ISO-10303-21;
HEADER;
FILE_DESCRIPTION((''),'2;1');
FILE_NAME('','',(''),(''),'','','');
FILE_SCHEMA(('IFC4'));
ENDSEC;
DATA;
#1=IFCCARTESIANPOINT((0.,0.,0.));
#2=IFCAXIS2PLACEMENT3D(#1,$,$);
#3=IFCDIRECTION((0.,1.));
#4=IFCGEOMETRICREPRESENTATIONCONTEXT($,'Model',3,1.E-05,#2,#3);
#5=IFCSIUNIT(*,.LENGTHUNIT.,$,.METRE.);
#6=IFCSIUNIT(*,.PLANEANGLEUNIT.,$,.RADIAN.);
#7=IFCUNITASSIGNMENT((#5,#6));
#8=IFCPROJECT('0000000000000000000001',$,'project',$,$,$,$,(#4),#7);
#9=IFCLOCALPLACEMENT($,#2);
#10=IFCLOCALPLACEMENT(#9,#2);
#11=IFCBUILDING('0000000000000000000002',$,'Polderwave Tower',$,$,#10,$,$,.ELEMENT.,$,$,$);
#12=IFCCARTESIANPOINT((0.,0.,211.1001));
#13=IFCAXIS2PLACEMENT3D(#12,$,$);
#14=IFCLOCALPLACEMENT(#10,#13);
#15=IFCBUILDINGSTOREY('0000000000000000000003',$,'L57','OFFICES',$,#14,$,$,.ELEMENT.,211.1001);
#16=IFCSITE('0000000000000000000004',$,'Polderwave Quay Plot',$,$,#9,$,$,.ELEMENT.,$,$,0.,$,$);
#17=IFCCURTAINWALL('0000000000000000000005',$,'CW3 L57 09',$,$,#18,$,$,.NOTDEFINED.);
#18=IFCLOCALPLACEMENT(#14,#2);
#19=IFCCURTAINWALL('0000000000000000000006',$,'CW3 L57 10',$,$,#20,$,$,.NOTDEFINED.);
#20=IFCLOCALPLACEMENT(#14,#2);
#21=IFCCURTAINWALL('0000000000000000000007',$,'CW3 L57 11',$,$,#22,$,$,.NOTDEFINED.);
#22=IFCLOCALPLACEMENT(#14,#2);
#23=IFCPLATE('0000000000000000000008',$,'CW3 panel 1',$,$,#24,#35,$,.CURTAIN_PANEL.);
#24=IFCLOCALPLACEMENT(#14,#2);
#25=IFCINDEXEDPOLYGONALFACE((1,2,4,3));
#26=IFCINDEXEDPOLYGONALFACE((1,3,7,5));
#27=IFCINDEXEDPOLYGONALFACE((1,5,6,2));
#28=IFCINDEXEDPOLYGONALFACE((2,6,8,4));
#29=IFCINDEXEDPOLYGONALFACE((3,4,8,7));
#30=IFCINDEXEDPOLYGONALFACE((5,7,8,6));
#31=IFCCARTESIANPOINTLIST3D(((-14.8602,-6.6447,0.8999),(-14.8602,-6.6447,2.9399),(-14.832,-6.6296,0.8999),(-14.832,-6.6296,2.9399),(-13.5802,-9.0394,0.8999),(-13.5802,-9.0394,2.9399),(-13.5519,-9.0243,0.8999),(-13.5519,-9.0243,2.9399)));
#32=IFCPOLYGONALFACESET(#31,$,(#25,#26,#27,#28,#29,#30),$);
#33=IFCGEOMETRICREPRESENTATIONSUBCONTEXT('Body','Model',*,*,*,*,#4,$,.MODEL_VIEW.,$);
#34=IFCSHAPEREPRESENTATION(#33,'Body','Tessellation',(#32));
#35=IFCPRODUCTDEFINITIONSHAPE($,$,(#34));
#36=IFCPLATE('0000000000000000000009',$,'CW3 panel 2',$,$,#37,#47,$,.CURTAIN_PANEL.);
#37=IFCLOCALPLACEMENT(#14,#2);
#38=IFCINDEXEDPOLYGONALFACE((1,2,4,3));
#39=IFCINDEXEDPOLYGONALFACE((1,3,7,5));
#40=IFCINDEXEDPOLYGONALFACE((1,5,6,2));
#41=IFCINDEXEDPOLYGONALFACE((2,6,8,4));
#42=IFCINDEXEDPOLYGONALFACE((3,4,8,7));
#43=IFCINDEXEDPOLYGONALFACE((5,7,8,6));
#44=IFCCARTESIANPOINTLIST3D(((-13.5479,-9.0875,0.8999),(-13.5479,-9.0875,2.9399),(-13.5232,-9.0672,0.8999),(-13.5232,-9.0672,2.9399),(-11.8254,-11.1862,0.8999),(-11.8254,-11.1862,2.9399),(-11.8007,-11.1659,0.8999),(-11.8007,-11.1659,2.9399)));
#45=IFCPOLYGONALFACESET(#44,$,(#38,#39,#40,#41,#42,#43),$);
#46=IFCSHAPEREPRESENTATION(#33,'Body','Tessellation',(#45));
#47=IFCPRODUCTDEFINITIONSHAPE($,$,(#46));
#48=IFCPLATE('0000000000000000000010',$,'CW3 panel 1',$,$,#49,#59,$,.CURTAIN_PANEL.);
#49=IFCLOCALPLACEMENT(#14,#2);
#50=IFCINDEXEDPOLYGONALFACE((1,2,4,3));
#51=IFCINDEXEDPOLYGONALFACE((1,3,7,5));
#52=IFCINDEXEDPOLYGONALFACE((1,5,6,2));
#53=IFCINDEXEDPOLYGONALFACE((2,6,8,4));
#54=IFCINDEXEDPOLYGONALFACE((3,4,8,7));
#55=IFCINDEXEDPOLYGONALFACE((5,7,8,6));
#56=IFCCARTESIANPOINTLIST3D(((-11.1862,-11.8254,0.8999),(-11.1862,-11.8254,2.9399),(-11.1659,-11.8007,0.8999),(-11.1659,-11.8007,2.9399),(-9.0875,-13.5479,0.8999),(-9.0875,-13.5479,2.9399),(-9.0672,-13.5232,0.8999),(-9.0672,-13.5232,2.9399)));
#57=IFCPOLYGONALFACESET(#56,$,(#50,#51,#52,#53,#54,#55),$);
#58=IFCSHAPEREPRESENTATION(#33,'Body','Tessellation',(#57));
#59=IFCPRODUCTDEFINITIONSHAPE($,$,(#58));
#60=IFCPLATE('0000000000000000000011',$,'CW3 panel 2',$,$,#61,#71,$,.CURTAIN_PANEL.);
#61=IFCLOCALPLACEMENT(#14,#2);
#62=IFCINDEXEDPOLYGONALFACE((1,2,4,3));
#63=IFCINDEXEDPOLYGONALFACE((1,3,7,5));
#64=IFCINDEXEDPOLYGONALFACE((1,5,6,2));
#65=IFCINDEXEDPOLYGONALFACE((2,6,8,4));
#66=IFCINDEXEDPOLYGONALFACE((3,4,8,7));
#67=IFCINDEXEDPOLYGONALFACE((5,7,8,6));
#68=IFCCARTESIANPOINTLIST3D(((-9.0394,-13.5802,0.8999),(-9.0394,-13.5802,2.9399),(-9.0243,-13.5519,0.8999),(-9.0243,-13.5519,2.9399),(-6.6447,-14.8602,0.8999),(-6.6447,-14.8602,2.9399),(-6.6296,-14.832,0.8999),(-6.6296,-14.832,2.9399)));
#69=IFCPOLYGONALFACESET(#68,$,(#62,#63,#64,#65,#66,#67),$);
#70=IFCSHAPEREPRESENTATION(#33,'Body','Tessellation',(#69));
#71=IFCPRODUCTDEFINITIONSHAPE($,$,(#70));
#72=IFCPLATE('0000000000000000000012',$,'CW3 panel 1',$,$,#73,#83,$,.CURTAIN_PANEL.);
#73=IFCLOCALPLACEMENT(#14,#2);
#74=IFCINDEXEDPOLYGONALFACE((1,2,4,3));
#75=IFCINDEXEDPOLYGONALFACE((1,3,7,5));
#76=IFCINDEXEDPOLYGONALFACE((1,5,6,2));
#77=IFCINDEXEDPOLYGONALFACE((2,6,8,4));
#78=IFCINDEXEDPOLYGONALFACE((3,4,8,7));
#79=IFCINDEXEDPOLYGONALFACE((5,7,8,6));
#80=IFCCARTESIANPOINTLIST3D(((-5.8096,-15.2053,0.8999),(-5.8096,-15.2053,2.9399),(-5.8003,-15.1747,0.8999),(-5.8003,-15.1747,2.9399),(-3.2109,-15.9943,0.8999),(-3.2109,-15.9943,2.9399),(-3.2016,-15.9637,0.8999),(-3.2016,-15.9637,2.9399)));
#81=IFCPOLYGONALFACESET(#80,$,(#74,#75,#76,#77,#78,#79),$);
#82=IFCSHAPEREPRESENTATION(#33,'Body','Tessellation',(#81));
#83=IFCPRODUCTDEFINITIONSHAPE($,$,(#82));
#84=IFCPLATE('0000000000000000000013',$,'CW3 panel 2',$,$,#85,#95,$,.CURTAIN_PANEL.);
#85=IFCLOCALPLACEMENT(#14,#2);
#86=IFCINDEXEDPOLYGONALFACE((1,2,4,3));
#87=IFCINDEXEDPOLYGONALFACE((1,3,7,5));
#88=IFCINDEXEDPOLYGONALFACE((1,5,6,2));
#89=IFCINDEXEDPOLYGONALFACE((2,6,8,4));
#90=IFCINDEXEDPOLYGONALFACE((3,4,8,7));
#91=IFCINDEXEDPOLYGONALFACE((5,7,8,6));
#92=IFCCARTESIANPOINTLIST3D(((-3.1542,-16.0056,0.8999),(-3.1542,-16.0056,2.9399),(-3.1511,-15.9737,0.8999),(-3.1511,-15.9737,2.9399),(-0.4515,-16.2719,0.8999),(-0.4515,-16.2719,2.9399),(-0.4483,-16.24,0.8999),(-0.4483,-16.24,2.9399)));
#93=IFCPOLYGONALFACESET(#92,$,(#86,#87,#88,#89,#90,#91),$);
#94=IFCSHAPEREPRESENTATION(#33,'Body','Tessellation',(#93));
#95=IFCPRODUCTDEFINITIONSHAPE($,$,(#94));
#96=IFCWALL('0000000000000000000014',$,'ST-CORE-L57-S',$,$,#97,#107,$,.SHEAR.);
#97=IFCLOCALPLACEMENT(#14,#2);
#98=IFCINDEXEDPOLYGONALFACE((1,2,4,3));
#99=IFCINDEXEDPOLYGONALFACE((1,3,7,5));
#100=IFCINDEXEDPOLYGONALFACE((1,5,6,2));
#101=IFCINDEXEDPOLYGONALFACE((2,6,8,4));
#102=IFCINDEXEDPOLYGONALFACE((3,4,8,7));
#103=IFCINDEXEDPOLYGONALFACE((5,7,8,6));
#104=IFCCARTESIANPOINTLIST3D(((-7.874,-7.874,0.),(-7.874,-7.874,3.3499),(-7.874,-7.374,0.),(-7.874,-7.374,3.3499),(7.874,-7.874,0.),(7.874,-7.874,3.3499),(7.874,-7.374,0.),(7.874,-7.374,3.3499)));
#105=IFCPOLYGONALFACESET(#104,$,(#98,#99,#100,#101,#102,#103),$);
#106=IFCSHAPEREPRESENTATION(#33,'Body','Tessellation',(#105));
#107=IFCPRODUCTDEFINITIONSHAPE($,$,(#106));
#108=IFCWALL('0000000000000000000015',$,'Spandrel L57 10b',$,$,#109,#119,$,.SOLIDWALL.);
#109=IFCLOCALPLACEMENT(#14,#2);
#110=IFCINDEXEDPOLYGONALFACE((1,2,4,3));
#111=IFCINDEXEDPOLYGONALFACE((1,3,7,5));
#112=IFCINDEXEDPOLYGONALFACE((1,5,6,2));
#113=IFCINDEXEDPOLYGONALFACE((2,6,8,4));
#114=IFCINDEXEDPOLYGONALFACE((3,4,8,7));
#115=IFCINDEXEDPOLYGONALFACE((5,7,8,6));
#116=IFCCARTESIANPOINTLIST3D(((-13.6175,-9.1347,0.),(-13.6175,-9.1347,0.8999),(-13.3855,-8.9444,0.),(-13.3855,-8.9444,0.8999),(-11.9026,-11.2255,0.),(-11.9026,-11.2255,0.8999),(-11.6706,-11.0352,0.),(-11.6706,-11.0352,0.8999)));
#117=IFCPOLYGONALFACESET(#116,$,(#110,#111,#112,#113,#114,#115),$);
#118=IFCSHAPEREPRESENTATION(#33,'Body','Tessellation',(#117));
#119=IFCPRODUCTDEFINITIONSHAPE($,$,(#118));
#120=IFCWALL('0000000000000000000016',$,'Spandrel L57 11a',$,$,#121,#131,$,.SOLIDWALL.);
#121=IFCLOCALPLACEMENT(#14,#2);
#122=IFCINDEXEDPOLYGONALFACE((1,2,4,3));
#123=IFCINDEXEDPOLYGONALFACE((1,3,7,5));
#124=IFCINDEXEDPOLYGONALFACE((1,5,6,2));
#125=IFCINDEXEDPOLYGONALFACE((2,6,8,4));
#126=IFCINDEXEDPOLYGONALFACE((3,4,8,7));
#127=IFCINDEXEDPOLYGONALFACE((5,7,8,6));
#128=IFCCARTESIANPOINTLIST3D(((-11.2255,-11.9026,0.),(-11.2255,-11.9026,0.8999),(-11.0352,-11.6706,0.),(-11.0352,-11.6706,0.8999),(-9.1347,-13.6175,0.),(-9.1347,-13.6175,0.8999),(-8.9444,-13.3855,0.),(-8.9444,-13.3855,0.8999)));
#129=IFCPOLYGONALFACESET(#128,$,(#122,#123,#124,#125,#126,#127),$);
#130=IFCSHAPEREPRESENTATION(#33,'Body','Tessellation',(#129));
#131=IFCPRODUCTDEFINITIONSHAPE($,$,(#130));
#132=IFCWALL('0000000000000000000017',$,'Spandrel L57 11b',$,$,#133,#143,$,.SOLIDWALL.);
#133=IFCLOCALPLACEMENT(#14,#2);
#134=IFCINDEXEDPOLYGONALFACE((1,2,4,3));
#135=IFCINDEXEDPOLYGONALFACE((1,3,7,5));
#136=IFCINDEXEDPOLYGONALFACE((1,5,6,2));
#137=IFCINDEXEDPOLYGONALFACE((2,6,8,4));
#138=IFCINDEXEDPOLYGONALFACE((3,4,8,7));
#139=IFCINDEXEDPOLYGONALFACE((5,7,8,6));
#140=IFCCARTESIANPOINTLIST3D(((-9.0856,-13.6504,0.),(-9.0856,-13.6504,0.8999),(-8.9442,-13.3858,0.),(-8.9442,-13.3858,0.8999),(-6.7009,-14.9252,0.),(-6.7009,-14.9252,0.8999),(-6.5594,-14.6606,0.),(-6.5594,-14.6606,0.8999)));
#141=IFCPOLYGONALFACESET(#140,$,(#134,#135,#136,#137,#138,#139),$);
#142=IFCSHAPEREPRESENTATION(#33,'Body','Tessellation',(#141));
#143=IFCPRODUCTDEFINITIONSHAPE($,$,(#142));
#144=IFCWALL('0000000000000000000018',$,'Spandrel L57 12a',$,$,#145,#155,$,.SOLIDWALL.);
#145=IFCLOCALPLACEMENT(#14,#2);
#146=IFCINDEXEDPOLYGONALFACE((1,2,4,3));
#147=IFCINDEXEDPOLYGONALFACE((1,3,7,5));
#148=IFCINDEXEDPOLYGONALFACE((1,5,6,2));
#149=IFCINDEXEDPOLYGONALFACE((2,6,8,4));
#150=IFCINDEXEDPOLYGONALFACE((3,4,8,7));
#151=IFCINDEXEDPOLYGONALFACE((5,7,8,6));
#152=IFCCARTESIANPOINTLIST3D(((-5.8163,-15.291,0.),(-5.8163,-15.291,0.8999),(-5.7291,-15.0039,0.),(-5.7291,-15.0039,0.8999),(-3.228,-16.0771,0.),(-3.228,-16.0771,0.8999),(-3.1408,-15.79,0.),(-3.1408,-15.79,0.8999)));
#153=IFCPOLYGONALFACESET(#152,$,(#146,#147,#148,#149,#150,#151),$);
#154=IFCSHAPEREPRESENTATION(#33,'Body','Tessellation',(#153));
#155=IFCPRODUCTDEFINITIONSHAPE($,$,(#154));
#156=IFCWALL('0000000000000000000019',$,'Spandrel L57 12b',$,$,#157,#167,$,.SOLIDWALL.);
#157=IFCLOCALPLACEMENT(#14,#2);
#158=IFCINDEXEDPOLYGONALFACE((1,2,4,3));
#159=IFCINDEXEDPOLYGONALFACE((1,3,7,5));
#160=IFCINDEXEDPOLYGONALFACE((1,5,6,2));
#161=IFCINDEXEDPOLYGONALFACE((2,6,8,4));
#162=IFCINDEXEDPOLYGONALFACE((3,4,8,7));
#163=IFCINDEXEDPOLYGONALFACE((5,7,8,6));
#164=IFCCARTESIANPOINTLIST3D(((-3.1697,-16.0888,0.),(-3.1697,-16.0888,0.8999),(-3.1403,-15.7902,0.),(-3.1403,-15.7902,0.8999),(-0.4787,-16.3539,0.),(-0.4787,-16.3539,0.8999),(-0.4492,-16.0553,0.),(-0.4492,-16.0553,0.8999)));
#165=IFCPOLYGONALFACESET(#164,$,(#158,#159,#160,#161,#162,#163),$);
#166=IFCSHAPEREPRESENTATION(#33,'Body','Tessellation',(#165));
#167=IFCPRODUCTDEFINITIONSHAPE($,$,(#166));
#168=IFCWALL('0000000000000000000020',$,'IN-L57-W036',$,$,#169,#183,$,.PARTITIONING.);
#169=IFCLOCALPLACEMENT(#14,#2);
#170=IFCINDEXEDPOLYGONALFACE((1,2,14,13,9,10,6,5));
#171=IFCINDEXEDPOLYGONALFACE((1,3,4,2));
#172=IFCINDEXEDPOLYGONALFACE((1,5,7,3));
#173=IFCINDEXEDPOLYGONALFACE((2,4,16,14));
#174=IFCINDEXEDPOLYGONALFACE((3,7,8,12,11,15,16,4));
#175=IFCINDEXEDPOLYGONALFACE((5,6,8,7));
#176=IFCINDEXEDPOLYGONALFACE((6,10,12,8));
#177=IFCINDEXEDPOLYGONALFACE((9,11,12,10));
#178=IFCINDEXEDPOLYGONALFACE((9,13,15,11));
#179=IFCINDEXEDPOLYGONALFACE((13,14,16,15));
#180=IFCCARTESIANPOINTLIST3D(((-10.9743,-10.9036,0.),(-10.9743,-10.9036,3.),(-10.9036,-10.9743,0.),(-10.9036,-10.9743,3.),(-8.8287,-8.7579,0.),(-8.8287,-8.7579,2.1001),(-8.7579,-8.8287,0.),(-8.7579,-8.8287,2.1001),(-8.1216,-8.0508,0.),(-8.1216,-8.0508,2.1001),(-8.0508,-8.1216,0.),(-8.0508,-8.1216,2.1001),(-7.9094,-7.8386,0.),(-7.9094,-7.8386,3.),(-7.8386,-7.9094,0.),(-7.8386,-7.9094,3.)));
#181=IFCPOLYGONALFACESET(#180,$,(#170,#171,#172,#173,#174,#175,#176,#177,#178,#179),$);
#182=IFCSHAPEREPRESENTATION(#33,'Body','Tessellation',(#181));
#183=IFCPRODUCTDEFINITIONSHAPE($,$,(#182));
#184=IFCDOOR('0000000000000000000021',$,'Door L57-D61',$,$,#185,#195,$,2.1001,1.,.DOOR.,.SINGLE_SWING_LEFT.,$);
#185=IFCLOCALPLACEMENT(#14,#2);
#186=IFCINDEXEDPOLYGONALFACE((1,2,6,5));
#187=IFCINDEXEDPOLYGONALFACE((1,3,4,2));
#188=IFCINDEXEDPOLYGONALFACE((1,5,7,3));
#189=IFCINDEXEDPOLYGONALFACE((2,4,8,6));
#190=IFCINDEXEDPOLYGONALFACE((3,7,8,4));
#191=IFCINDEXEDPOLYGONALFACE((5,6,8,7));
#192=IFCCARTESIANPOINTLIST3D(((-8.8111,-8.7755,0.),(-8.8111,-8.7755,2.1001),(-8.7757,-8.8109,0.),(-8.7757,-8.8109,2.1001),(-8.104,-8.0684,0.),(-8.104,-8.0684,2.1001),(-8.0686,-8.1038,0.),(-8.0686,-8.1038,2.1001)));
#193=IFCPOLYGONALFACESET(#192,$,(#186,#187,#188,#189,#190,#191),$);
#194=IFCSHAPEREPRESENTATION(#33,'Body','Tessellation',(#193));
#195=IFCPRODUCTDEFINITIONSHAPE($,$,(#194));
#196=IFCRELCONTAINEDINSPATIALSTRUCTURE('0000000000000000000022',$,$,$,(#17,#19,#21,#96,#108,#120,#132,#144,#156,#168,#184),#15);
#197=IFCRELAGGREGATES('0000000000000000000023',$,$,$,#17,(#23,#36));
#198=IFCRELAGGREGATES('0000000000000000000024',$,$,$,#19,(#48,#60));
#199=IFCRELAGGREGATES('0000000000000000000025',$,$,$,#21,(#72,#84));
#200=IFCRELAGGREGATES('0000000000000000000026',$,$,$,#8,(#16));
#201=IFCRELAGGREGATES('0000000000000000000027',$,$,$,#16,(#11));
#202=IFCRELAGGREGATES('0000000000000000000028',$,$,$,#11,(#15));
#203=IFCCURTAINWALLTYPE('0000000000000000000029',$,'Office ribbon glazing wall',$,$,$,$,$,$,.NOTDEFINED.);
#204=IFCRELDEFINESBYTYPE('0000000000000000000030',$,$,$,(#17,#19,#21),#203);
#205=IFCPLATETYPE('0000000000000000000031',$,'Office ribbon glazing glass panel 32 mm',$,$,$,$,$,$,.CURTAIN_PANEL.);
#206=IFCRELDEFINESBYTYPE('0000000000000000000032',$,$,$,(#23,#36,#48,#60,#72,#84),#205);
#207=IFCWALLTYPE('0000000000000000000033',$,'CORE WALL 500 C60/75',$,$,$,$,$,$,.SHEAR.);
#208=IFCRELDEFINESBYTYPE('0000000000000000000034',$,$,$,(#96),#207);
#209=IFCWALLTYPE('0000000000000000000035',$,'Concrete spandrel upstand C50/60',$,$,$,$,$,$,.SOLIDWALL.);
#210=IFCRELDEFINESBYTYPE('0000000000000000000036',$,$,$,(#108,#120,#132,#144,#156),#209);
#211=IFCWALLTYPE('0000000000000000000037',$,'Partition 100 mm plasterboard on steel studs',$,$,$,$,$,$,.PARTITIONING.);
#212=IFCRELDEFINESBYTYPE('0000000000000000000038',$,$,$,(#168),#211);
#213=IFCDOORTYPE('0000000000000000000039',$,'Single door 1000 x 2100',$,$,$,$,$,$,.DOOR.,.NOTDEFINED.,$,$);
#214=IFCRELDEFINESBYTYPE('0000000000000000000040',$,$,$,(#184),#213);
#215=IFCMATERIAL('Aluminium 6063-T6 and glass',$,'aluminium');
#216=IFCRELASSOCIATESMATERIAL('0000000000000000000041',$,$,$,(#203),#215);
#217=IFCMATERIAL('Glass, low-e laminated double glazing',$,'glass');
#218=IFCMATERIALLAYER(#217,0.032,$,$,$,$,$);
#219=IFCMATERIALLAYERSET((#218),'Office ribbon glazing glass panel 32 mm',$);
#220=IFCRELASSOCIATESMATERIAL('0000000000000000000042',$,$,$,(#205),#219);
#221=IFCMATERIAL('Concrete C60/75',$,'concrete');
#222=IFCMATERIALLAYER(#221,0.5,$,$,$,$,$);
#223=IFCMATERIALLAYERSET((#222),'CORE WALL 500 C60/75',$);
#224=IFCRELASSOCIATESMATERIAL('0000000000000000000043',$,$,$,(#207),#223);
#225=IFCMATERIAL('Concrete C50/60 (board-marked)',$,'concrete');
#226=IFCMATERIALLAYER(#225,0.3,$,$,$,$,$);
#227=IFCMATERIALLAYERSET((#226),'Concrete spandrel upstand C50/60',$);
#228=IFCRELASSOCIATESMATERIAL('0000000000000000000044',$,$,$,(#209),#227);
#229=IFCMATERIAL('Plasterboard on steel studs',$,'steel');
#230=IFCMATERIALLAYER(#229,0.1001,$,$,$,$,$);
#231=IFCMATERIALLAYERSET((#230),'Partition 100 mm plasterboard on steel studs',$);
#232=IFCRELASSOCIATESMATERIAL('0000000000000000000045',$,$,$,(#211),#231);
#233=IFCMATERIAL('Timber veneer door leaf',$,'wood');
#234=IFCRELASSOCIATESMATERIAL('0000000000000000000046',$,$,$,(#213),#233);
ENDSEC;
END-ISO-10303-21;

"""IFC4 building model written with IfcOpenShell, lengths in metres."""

from ifc_helpers import new_model, si_unit, direction, frame, frame_2d, origin, origin_2d, place, context, subcontext, project, spatial, rectangle, extrude, material, layer, layer_set, type_object, element, fill, aggregate, save


model = new_model("IFC4")

# Units and contexts
model_context = context("Model", 3, precision=1e-05, world=origin(), true_north=direction((0.0, 1.0)))
body_context = subcontext(model_context, "Body", "Model", "MODEL_VIEW")
ifc_project = project(units=[si_unit("LENGTHUNIT", "METRE"), si_unit("PLANEANGLEUNIT", "RADIAN")], contexts=[model_context])

# Site, building, storey
site_placement = place(None, origin())
site = spatial("IfcSite", under=ifc_project, at=site_placement, Name="Polderwave Quay Plot", CompositionType="ELEMENT", RefElevation=0.0)
building_placement = place(site_placement, origin())
building = spatial("IfcBuilding", under=site, at=building_placement, Name="Polderwave Tower", CompositionType="ELEMENT")
storey_placement = place(building_placement, frame((0.0, 0.0, 211.1001)))
storey = spatial("IfcBuildingStorey", under=building, at=storey_placement, Name="L57", Description="OFFICES", CompositionType="ELEMENT", Elevation=211.1001)

# Shared definitions
ifc_material_1 = material(Name="Concrete C60/75", Category="concrete")

# Curtain walls
ifc_material_2 = material(Name="Aluminium 6063-T6 and glass", Category="aluminium")
curtain_wall_type = type_object("IfcCurtainWallType", Name="Office ribbon glazing wall", PredefinedType="NOTDEFINED", material=ifc_material_2)
curtain_wall_1_placement = place(storey_placement, origin())
curtain_wall_1 = element("IfcCurtainWall", 1, at=curtain_wall_1_placement, inside=storey, type_object=curtain_wall_type, Name="CW3 L57 09", PredefinedType="NOTDEFINED")
curtain_wall_2_placement = place(storey_placement, origin())
curtain_wall_2 = element("IfcCurtainWall", 2, at=curtain_wall_2_placement, inside=storey, type_object=curtain_wall_type, Name="CW3 L57 10", PredefinedType="NOTDEFINED")
curtain_wall_3_placement = place(storey_placement, origin())
curtain_wall_3 = element("IfcCurtainWall", 3, at=curtain_wall_3_placement, inside=storey, type_object=curtain_wall_type, Name="CW3 L57 11", PredefinedType="NOTDEFINED")

# Plates
ifc_material_3 = material(Name="Glass, low-e laminated double glazing", Category="glass")
ifc_layer_1 = layer(ifc_material_3, 0.032)
ifc_layer_set_1 = layer_set([ifc_layer_1], Name="Office ribbon glazing glass panel 32 mm")
plate_type = type_object("IfcPlateType", Name="Office ribbon glazing glass panel 32 mm", PredefinedType="CURTAIN_PANEL", material=ifc_layer_set_1)
plate_1_placement = place(storey_placement, frame((-14.2061, -7.8345, 0.8999), z_axis=(0.0, 0.0, 1.0), x_axis=(0.471401, -0.881919, 0.0)))
plate_1 = element("IfcPlate", 4, at=plate_1_placement, type_object=plate_type, Name="CW3 panel 1", PredefinedType="CURTAIN_PANEL", context=body_context, shape_type="SweptSolid", body=[
    extrude(rectangle(XDim=2.7153, YDim=0.032, at=origin_2d()), origin(), (0.0, 0.0, 1.0), 2.04),
])
plate_2_placement = place(storey_placement, frame((-12.6743, -10.1267, 0.8999), z_axis=(0.0, 0.0, 1.0), x_axis=(0.634428, -0.772982, 0.0)))
plate_2 = element("IfcPlate", 5, at=plate_2_placement, type_object=plate_type, Name="CW3 panel 2", PredefinedType="CURTAIN_PANEL", context=body_context, shape_type="SweptSolid", body=[
    extrude(rectangle(XDim=2.7151, YDim=0.032, at=origin_2d()), origin(), (0.0, 0.0, 1.0), 2.04),
])
aggregate(curtain_wall_1, [plate_1, plate_2])
plate_3_placement = place(storey_placement, frame((-10.1267, -12.6743, 0.8999), z_axis=(0.0, 0.0, 1.0), x_axis=(0.772982, -0.634428, 0.0)))
plate_3 = element("IfcPlate", 6, at=plate_3_placement, type_object=plate_type, Name="CW3 panel 1", PredefinedType="CURTAIN_PANEL", context=body_context, shape_type="SweptSolid", body=[
    extrude(rectangle(XDim=2.7151, YDim=0.032, at=origin_2d()), origin(), (0.0, 0.0, 1.0), 2.04),
])
plate_4_placement = place(storey_placement, frame((-7.8345, -14.2061, 0.8999), z_axis=(0.0, 0.0, 1.0), x_axis=(0.881919, -0.471401, 0.0)))
plate_4 = element("IfcPlate", 7, at=plate_4_placement, type_object=plate_type, Name="CW3 panel 2", PredefinedType="CURTAIN_PANEL", context=body_context, shape_type="SweptSolid", body=[
    extrude(rectangle(XDim=2.7153, YDim=0.032, at=origin_2d()), origin(), (0.0, 0.0, 1.0), 2.04),
])
aggregate(curtain_wall_2, [plate_3, plate_4])
plate_5_placement = place(storey_placement, frame((-4.5056, -15.5845, 0.8999), z_axis=(0.0, 0.0, 1.0), x_axis=(0.956868, -0.290524, 0.0)))
plate_5 = element("IfcPlate", 8, at=plate_5_placement, type_object=plate_type, Name="CW3 panel 1", PredefinedType="CURTAIN_PANEL", context=body_context, shape_type="SweptSolid", body=[
    extrude(rectangle(XDim=2.7158, YDim=0.032, at=origin_2d()), origin(), (0.0, 0.0, 1.0), 2.04),
])
plate_6_placement = place(storey_placement, frame((-1.8013, -16.1228, 0.8999), z_axis=(0.0, 0.0, 1.0), x_axis=(0.99518, -0.098061, 0.0)))
plate_6 = element("IfcPlate", 9, at=plate_6_placement, type_object=plate_type, Name="CW3 panel 2", PredefinedType="CURTAIN_PANEL", context=body_context, shape_type="SweptSolid", body=[
    extrude(rectangle(XDim=2.7158, YDim=0.032, at=origin_2d()), origin(), (0.0, 0.0, 1.0), 2.04),
])
aggregate(curtain_wall_3, [plate_5, plate_6])

# Walls
ifc_layer_2 = layer(ifc_material_1, 0.5)
ifc_layer_set_2 = layer_set([ifc_layer_2], Name="CORE WALL 500 C60/75")
wall_type_1 = type_object("IfcWallType", Name="CORE WALL 500 C60/75", PredefinedType="SHEAR", material=ifc_layer_set_2)
wall_1_placement = place(storey_placement, frame((-7.874, -7.624, 0.0), z_axis=(0.0, 0.0, 1.0), x_axis=(1.0, 0.0, 0.0)))
element("IfcWall", 10, at=wall_1_placement, inside=storey, type_object=wall_type_1, Name="ST-CORE-L57-S", PredefinedType="SHEAR", context=body_context, shape_type="SweptSolid", body=[
    extrude(rectangle(XDim=15.748, YDim=0.5, at=frame_2d((7.874, 0.0))), origin(), (0.0, 0.0, 1.0), 3.3499),
])
ifc_material_4 = material(Name="Concrete C50/60 (board-marked)", Category="concrete")
ifc_layer_3 = layer(ifc_material_4, 0.3)
ifc_layer_set_3 = layer_set([ifc_layer_3], Name="Concrete spandrel upstand C50/60")
wall_type_2 = type_object("IfcWallType", Name="Concrete spandrel upstand C50/60", PredefinedType="SOLIDWALL", material=ifc_layer_set_3)
for number, where, z_axis, x_axis, name in (
    (11, (-13.5015, -9.0396, 0.0), (0.0, 0.0, 1.0), (0.634162, -0.7732, 0.0), "Spandrel L57 10b"),
    (12, (-11.1304, -11.7866, 0.0), (0.0, 0.0, 1.0), (0.7732, -0.634162, 0.0), "Spandrel L57 11a"),
    (13, (-9.0149, -13.5181, 0.0), (0.0, 0.0, 1.0), (0.881888, -0.47146, 0.0), "Spandrel L57 11b"),
):
    element("IfcWall", number, at=place(storey_placement, frame(where, z_axis=z_axis, x_axis=x_axis)), inside=storey, type_object=wall_type_2, Name=name, PredefinedType="SOLIDWALL", context=body_context, shape_type="SweptSolid", body=[
        extrude(rectangle(XDim=2.7041, YDim=0.3, at=frame_2d((1.3521, 0.0))), origin(), (0.0, 0.0, 1.0), 0.8999),
    ])
wall_2_placement = place(storey_placement, frame((-5.7727, -15.1475, 0.0), z_axis=(0.0, 0.0, 1.0), x_axis=(0.956842, -0.290609, 0.0)))
element("IfcWall", 14, at=wall_2_placement, inside=storey, type_object=wall_type_2, Name="Spandrel L57 12a", PredefinedType="SOLIDWALL", context=body_context, shape_type="SweptSolid", body=[
    extrude(rectangle(XDim=2.7051, YDim=0.3, at=frame_2d((1.3525, 0.0))), origin(), (0.0, 0.0, 1.0), 0.8999),
])
wall_3_placement = place(storey_placement, frame((-3.155, -15.9395, 0.0), z_axis=(0.0, 0.0, 1.0), x_axis=(0.995182, -0.098047, 0.0)))
element("IfcWall", 15, at=wall_3_placement, inside=storey, type_object=wall_type_2, Name="Spandrel L57 12b", PredefinedType="SOLIDWALL", context=body_context, shape_type="SweptSolid", body=[
    extrude(rectangle(XDim=2.7041, YDim=0.3, at=frame_2d((1.3521, 0.0))), origin(), (0.0, 0.0, 1.0), 0.8999),
])

# Wall, opening, door
ifc_material_5 = material(Name="Plasterboard on steel studs", Category="steel")
ifc_layer_4 = layer(ifc_material_5, 0.1001)
ifc_layer_set_4 = layer_set([ifc_layer_4], Name="Partition 100 mm plasterboard on steel studs")
wall_type_3 = type_object("IfcWallType", Name="Partition 100 mm plasterboard on steel studs", PredefinedType="PARTITIONING", material=ifc_layer_set_4)
wall_4_placement = place(storey_placement, frame((-7.874, -7.874, 0.0), z_axis=(0.0, 0.0, 1.0), x_axis=(-0.707107, -0.707107, 0.0)))
wall_4 = element("IfcWall", 16, at=wall_4_placement, inside=storey, type_object=wall_type_3, Name="IN-L57-W036", PredefinedType="PARTITIONING", context=body_context, shape_type="SweptSolid", body=[
    extrude(rectangle(XDim=4.3345, YDim=0.1001, at=frame_2d((2.1672, 0.0))), origin(), (0.0, 0.0, 1.0), 3.0),
])
opening_1_placement = place(wall_4_placement, frame((0.3, 0.0, 0.0)))
opening_1 = element("IfcOpeningElement", 17, at=opening_1_placement, cuts=wall_4, PredefinedType="OPENING", context=body_context, shape_type="SweptSolid", body=[
    extrude(rectangle(XDim=1.0, YDim=2.1001, at=frame_2d((0.5, 1.05))), frame((0.0, 0.0601, 0.0), z_axis=(0.0, -1.0, 0.0), x_axis=(1.0, 0.0, 0.0)), (0.0, 0.0, 1.0), 0.1201),
])
ifc_material_6 = material(Name="Timber veneer door leaf", Category="wood")
door_type_1 = type_object("IfcDoorType", Name="Single door 1000 x 2100", OperationType="NOTDEFINED", PredefinedType="DOOR", material=ifc_material_6)
door_1_placement = place(opening_1_placement, origin())
door_1 = element("IfcDoor", 18, at=door_1_placement, inside=storey, type_object=door_type_1, Name="Door L57-D61", OperationType="SINGLE_SWING_LEFT", OverallHeight=2.1001, OverallWidth=1.0, PredefinedType="DOOR", context=body_context, shape_type="SweptSolid", body=[
    extrude(rectangle(XDim=1.0, YDim=2.1001, at=frame_2d((0.5, 1.05))), frame((0.0, 0.0249, 0.0), z_axis=(0.0, -1.0, 0.0), x_axis=(1.0, 0.0, 0.0)), (0.0, 0.0, 1.0), 0.05),
])
fill(opening_1, door_1)

save(model, "model.ifc")
